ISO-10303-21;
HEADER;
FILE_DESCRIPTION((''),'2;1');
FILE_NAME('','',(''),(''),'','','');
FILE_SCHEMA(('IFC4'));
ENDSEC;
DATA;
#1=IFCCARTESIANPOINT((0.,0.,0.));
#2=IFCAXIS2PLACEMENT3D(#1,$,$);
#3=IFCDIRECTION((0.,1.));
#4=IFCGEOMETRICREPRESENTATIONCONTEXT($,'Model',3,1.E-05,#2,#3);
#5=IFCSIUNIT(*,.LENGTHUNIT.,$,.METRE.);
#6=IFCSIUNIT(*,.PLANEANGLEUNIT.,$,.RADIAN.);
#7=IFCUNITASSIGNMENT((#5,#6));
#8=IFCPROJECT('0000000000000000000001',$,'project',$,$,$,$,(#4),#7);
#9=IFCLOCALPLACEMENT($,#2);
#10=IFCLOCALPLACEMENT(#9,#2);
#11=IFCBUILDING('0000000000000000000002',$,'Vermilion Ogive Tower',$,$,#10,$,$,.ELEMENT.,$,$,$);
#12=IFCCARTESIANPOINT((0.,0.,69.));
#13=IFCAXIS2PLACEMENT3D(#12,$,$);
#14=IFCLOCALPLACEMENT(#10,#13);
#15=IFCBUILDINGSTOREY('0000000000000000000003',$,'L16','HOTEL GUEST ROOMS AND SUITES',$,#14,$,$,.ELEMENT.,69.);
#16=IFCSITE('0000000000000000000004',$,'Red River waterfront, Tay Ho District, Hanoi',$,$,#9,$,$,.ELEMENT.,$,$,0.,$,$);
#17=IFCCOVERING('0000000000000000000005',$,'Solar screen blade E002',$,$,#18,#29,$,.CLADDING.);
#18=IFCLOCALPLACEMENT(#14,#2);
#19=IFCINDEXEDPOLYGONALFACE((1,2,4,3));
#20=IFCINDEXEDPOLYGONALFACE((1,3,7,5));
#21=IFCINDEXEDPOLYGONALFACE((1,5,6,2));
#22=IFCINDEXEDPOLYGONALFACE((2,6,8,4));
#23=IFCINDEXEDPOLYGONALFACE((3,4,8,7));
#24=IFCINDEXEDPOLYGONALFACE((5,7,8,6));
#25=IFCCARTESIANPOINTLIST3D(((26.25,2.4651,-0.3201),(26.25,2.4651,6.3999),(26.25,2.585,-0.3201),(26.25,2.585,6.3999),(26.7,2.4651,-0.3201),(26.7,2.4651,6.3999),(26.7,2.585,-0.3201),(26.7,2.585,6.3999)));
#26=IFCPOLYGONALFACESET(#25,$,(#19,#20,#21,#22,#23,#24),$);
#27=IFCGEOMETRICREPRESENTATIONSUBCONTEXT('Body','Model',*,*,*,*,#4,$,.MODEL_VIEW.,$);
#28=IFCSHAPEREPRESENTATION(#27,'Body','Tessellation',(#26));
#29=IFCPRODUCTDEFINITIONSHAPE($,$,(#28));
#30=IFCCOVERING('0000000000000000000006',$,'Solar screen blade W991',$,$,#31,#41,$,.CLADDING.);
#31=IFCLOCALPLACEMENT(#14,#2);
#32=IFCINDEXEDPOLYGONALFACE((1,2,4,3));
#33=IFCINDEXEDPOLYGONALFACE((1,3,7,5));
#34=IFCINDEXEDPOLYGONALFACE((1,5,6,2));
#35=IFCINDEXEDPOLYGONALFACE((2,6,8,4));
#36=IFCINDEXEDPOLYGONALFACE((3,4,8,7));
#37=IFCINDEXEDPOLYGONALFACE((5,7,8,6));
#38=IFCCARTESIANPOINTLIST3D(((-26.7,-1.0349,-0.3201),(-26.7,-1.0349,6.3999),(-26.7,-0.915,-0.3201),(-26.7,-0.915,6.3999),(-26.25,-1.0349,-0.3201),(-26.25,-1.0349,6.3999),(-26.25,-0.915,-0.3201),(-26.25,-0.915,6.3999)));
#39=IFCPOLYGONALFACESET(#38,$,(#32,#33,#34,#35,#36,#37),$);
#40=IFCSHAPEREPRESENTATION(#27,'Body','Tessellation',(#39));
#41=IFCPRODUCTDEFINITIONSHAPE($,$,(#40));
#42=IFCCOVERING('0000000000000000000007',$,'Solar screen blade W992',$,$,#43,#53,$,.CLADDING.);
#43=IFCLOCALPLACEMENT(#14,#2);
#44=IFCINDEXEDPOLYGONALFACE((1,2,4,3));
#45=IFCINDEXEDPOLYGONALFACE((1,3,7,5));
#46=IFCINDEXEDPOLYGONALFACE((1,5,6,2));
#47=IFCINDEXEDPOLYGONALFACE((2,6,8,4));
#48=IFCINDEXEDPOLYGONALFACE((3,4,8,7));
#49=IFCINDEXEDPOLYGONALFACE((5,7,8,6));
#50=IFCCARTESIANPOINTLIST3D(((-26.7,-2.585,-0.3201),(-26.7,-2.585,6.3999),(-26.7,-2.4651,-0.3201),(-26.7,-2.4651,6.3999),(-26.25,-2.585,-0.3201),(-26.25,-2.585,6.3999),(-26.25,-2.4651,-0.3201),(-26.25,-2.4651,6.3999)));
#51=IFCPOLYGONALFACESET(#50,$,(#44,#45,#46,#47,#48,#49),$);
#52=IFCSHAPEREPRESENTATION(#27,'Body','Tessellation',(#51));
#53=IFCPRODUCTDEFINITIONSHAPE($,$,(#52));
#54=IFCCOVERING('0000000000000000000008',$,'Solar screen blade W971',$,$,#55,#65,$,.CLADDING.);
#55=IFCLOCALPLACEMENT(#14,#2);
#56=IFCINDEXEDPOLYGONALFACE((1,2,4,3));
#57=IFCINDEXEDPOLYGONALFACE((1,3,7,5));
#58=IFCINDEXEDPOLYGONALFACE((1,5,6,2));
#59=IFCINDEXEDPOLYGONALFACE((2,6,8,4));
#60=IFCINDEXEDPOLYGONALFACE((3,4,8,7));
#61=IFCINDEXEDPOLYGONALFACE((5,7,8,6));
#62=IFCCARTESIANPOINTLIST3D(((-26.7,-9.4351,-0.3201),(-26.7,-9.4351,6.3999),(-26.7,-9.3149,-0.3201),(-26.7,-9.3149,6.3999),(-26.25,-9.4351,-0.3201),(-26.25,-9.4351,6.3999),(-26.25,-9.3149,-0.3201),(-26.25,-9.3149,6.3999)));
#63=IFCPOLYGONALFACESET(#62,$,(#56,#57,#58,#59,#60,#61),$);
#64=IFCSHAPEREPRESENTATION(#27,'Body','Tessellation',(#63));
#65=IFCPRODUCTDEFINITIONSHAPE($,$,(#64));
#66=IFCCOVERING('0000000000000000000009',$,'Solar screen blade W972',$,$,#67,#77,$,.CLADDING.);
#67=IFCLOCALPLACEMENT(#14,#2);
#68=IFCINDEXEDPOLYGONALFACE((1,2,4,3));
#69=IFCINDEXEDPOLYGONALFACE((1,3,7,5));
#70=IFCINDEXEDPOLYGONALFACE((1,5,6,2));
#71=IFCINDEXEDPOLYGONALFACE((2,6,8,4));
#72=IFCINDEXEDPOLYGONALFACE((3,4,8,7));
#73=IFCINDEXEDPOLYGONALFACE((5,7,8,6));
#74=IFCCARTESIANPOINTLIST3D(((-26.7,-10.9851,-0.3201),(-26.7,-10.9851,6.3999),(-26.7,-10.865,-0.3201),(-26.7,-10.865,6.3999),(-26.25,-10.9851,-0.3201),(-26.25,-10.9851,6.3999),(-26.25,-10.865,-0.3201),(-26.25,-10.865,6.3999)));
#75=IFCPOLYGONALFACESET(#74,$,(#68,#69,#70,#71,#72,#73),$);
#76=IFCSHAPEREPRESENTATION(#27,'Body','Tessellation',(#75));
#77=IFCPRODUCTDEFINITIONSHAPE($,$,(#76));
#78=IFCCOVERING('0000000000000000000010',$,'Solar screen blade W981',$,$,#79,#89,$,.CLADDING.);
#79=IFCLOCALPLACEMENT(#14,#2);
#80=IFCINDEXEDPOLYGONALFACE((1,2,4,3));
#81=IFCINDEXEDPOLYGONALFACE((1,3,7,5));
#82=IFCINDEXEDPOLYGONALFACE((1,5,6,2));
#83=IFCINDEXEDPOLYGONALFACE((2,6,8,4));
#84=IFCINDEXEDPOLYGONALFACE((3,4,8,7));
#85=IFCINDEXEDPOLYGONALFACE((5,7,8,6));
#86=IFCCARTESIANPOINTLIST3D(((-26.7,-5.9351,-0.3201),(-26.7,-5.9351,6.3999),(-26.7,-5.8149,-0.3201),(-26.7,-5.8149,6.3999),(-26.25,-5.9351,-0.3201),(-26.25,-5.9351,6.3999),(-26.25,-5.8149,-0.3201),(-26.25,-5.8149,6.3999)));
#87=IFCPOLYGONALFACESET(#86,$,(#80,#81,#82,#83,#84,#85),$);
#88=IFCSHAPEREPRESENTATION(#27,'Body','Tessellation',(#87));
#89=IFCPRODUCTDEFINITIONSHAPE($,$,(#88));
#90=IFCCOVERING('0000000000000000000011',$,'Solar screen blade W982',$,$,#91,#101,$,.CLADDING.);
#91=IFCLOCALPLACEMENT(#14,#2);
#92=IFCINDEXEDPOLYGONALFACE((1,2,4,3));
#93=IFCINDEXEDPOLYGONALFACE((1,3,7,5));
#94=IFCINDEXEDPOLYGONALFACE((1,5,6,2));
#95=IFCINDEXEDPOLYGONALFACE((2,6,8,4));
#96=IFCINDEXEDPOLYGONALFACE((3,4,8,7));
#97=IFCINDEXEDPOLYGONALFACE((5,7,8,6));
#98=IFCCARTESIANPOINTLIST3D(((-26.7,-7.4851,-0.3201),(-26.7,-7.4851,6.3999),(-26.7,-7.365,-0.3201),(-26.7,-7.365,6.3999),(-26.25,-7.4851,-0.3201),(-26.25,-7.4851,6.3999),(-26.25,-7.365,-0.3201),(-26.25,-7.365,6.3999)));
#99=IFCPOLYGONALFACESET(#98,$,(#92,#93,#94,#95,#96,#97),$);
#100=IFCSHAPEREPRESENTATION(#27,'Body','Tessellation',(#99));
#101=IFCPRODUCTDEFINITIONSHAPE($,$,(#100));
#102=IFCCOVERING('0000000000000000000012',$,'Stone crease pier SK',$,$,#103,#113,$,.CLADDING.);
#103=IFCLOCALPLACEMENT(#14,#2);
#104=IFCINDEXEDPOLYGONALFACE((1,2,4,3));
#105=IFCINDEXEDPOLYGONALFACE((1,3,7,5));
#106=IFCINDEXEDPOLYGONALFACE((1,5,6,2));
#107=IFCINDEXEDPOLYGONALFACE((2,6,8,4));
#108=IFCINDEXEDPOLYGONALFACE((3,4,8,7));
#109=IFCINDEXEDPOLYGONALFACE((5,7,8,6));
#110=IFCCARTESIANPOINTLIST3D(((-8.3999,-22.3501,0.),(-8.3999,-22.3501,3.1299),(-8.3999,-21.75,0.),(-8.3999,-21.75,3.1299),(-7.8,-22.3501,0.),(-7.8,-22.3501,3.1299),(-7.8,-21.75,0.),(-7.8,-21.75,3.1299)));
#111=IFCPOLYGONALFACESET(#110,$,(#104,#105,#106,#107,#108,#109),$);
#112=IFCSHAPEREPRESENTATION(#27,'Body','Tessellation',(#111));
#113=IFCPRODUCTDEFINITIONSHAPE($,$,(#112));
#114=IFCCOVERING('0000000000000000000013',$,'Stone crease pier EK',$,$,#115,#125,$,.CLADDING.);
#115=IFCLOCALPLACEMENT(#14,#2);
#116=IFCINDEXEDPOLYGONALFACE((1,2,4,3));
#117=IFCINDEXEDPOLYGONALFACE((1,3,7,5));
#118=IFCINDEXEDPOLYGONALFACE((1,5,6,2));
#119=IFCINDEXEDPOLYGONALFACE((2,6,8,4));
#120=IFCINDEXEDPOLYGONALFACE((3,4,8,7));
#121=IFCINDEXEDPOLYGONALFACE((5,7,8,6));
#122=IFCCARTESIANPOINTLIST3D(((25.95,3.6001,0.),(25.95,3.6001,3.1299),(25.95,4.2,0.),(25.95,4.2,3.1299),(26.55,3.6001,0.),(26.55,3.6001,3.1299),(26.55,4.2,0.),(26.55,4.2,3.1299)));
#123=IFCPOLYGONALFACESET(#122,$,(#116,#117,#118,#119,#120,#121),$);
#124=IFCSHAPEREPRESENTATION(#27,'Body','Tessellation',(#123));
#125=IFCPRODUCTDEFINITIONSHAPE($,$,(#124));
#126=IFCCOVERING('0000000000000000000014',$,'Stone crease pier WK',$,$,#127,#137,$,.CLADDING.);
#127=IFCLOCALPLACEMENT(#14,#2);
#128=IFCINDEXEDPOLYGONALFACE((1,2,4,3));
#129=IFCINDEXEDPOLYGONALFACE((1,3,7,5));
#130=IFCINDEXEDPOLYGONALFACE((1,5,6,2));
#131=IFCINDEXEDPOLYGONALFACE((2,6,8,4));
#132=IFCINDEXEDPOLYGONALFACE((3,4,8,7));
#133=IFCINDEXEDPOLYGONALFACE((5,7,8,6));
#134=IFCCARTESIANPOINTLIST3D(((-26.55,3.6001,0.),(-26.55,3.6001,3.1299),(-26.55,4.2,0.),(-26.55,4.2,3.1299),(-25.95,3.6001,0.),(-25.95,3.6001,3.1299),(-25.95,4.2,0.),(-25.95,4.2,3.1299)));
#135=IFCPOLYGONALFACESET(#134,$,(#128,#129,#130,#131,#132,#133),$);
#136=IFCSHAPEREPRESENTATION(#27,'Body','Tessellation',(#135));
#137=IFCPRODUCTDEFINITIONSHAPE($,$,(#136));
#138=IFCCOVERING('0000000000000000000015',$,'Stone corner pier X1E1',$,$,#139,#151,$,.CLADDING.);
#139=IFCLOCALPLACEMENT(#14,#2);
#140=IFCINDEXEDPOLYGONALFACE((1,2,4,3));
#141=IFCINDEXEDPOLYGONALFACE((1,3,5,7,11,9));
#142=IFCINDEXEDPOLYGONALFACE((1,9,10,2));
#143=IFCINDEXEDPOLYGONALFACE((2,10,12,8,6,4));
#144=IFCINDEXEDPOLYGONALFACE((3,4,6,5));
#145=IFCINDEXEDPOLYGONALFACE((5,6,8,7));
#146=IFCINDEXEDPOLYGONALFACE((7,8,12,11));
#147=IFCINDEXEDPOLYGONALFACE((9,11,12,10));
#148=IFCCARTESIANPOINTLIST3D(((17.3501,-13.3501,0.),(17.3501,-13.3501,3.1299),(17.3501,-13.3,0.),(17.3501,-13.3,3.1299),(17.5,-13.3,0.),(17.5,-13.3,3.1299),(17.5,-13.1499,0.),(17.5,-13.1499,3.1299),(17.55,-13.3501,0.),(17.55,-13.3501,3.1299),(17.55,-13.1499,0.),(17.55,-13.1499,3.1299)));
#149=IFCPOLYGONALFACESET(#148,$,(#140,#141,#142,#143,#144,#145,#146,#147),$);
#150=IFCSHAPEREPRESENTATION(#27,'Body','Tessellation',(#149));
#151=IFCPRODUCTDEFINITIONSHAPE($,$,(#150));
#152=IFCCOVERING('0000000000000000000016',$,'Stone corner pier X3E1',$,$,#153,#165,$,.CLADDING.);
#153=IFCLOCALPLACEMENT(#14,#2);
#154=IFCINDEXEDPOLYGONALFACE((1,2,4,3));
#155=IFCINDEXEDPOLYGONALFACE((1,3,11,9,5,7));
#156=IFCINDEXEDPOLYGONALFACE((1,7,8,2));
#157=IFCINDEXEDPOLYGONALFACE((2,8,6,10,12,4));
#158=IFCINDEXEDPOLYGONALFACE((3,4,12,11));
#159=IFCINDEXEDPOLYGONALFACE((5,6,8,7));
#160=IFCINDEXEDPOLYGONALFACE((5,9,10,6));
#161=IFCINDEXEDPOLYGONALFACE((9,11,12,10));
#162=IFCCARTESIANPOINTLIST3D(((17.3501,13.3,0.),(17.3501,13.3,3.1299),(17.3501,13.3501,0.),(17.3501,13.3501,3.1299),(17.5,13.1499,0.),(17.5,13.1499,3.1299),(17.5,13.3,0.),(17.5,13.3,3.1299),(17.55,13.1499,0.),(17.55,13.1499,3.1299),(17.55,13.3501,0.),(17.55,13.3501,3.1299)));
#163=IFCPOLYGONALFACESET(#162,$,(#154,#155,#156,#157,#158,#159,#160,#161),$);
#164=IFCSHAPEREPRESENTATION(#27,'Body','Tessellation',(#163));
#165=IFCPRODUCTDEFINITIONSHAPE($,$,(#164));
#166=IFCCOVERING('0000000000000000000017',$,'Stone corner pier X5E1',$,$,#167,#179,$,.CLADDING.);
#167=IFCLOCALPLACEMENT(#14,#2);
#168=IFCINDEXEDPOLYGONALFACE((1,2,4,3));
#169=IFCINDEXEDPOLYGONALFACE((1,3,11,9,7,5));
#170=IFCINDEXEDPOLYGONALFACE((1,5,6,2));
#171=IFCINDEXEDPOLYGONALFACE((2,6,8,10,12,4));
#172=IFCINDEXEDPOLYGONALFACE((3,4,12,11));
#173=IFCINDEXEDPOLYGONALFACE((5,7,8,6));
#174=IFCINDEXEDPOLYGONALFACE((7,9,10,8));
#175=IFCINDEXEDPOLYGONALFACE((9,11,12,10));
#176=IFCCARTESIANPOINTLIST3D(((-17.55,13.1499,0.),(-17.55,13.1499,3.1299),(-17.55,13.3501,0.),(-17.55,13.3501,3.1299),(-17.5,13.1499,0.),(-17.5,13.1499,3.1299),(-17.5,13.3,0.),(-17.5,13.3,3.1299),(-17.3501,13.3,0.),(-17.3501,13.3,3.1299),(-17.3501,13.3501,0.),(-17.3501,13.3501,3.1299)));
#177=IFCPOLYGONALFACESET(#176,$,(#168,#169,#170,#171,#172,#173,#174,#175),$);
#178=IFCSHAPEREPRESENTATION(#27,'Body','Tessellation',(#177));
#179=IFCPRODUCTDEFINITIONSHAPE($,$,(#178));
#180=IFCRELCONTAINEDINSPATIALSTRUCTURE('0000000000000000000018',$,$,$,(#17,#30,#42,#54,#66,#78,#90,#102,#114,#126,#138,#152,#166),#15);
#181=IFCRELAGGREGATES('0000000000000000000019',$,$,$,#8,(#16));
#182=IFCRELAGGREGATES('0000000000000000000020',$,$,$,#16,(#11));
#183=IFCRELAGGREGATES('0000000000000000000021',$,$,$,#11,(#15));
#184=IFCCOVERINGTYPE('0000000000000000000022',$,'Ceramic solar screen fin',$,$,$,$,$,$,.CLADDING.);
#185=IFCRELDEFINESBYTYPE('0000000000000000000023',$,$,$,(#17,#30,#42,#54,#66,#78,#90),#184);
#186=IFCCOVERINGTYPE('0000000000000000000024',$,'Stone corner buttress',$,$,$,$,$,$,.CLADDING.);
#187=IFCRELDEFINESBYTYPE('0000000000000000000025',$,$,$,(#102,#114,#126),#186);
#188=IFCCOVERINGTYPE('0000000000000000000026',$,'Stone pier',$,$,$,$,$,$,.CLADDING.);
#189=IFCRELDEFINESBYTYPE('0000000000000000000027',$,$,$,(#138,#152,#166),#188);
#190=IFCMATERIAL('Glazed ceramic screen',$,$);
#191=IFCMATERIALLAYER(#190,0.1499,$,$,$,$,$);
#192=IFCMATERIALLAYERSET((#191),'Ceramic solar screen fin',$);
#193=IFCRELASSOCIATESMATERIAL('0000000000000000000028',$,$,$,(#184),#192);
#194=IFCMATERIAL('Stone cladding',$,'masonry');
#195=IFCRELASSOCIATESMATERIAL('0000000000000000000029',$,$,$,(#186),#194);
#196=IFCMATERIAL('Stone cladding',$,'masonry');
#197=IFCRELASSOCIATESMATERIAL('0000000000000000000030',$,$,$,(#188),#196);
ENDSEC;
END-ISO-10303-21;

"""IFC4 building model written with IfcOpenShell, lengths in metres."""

from ifc_helpers import new_model, si_unit, direction, frame, origin, place, context, subcontext, project, spatial, polyline, outline, extrude, material, layer, layer_set, type_object, element, save


model = new_model("IFC4")

# Units and contexts
model_context = context("Model", 3, precision=1e-05, world=origin(), true_north=direction((0.0, 1.0)))
body_context = subcontext(model_context, "Body", "Model", "MODEL_VIEW")
ifc_project = project(units=[si_unit("LENGTHUNIT", "METRE"), si_unit("PLANEANGLEUNIT", "RADIAN")], contexts=[model_context])

# Site, building, storey
site_placement = place(None, origin())
site = spatial("IfcSite", under=ifc_project, at=site_placement, Name="Red River waterfront, Tay Ho District, Hanoi", CompositionType="ELEMENT", RefElevation=0.0)
building_placement = place(site_placement, origin())
building = spatial("IfcBuilding", under=site, at=building_placement, Name="Vermilion Ogive Tower", CompositionType="ELEMENT")
storey_placement = place(building_placement, frame((0.0, 0.0, 69.0)))
storey = spatial("IfcBuildingStorey", under=building, at=storey_placement, Name="L16", Description="HOTEL GUEST ROOMS AND SUITES", CompositionType="ELEMENT", Elevation=69.0)

# Coverings
ifc_material_1 = material(Name="Glazed ceramic screen")
ifc_layer_1 = layer(ifc_material_1, 0.1499)
ifc_layer_set_1 = layer_set([ifc_layer_1], Name="Ceramic solar screen fin")
covering_type_1 = type_object("IfcCoveringType", Name="Ceramic solar screen fin", PredefinedType="CLADDING", material=ifc_layer_set_1)
covering_1_placement = place(storey_placement, frame((0.0, 0.0, -0.3201)))
element("IfcCovering", 1, at=covering_1_placement, inside=storey, type_object=covering_type_1, Name="Solar screen blade E002", PredefinedType="CLADDING", context=body_context, shape_type="SweptSolid", body=[
    extrude(outline(polyline([(26.7, 2.4651), (26.7, 2.585), (26.25, 2.585), (26.25, 2.4651), (26.7, 2.4651)])), origin(), (0.0, 0.0, 1.0), 6.72),
])
covering_2_placement = place(storey_placement, frame((0.0, 0.0, -0.3201)))
element("IfcCovering", 2, at=covering_2_placement, inside=storey, type_object=covering_type_1, Name="Solar screen blade W991", PredefinedType="CLADDING", context=body_context, shape_type="SweptSolid", body=[
    extrude(outline(polyline([(-26.7, -0.915), (-26.7, -1.0349), (-26.25, -1.0349), (-26.25, -0.915), (-26.7, -0.915)])), origin(), (0.0, 0.0, 1.0), 6.72),
])
covering_3_placement = place(storey_placement, frame((0.0, 0.0, -0.3201)))
element("IfcCovering", 3, at=covering_3_placement, inside=storey, type_object=covering_type_1, Name="Solar screen blade W992", PredefinedType="CLADDING", context=body_context, shape_type="SweptSolid", body=[
    extrude(outline(polyline([(-26.7, -2.4651), (-26.7, -2.585), (-26.25, -2.585), (-26.25, -2.4651), (-26.7, -2.4651)])), origin(), (0.0, 0.0, 1.0), 6.72),
])
covering_4_placement = place(storey_placement, frame((0.0, 0.0, -0.3201)))
element("IfcCovering", 4, at=covering_4_placement, inside=storey, type_object=covering_type_1, Name="Solar screen blade W971", PredefinedType="CLADDING", context=body_context, shape_type="SweptSolid", body=[
    extrude(outline(polyline([(-26.7, -9.3149), (-26.7, -9.4351), (-26.25, -9.4351), (-26.25, -9.3149), (-26.7, -9.3149)])), origin(), (0.0, 0.0, 1.0), 6.72),
])
covering_5_placement = place(storey_placement, frame((0.0, 0.0, -0.3201)))
element("IfcCovering", 5, at=covering_5_placement, inside=storey, type_object=covering_type_1, Name="Solar screen blade W972", PredefinedType="CLADDING", context=body_context, shape_type="SweptSolid", body=[
    extrude(outline(polyline([(-26.7, -10.865), (-26.7, -10.9851), (-26.25, -10.9851), (-26.25, -10.865), (-26.7, -10.865)])), origin(), (0.0, 0.0, 1.0), 6.72),
])
covering_6_placement = place(storey_placement, frame((0.0, 0.0, -0.3201)))
element("IfcCovering", 6, at=covering_6_placement, inside=storey, type_object=covering_type_1, Name="Solar screen blade W981", PredefinedType="CLADDING", context=body_context, shape_type="SweptSolid", body=[
    extrude(outline(polyline([(-26.7, -5.8149), (-26.7, -5.9351), (-26.25, -5.9351), (-26.25, -5.8149), (-26.7, -5.8149)])), origin(), (0.0, 0.0, 1.0), 6.72),
])
covering_7_placement = place(storey_placement, frame((0.0, 0.0, -0.3201)))
element("IfcCovering", 7, at=covering_7_placement, inside=storey, type_object=covering_type_1, Name="Solar screen blade W982", PredefinedType="CLADDING", context=body_context, shape_type="SweptSolid", body=[
    extrude(outline(polyline([(-26.7, -7.365), (-26.7, -7.4851), (-26.25, -7.4851), (-26.25, -7.365), (-26.7, -7.365)])), origin(), (0.0, 0.0, 1.0), 6.72),
])
ifc_material_2 = material(Name="Stone cladding", Category="masonry")
covering_type_2 = type_object("IfcCoveringType", Name="Stone corner buttress", PredefinedType="CLADDING", material=ifc_material_2)
covering_8_placement = place(storey_placement, origin())
element("IfcCovering", 8, at=covering_8_placement, inside=storey, type_object=covering_type_2, Name="Stone crease pier SK", PredefinedType="CLADDING", context=body_context, shape_type="SweptSolid", body=[
    extrude(outline(polyline([(-8.3999, -22.3501), (-7.8, -22.3501), (-7.8, -21.75), (-8.3999, -21.75), (-8.3999, -22.3501)])), origin(), (0.0, 0.0, 1.0), 3.1299),
])
covering_9_placement = place(storey_placement, origin())
element("IfcCovering", 9, at=covering_9_placement, inside=storey, type_object=covering_type_2, Name="Stone crease pier EK", PredefinedType="CLADDING", context=body_context, shape_type="SweptSolid", body=[
    extrude(outline(polyline([(26.55, 3.6001), (26.55, 4.2), (25.95, 4.2), (25.95, 3.6001), (26.55, 3.6001)])), origin(), (0.0, 0.0, 1.0), 3.1299),
])
covering_10_placement = place(storey_placement, origin())
element("IfcCovering", 10, at=covering_10_placement, inside=storey, type_object=covering_type_2, Name="Stone crease pier WK", PredefinedType="CLADDING", context=body_context, shape_type="SweptSolid", body=[
    extrude(outline(polyline([(-26.55, 4.2), (-26.55, 3.6001), (-25.95, 3.6001), (-25.95, 4.2), (-26.55, 4.2)])), origin(), (0.0, 0.0, 1.0), 3.1299),
])
ifc_material_3 = material(Name="Stone cladding", Category="masonry")
covering_type_3 = type_object("IfcCoveringType", Name="Stone pier", PredefinedType="CLADDING", material=ifc_material_3)
covering_11_placement = place(storey_placement, origin())
element("IfcCovering", 11, at=covering_11_placement, inside=storey, type_object=covering_type_3, Name="Stone corner pier X1E1", PredefinedType="CLADDING", context=body_context, shape_type="SweptSolid", body=[
    extrude(outline(polyline([(17.3501, -13.3), (17.5, -13.3), (17.5, -13.1499), (17.55, -13.1499), (17.55, -13.3501), (17.3501, -13.3501), (17.3501, -13.3)])), origin(), (0.0, 0.0, 1.0), 3.1299),
])
covering_12_placement = place(storey_placement, origin())
element("IfcCovering", 12, at=covering_12_placement, inside=storey, type_object=covering_type_3, Name="Stone corner pier X3E1", PredefinedType="CLADDING", context=body_context, shape_type="SweptSolid", body=[
    extrude(outline(polyline([(17.5, 13.1499), (17.5, 13.3), (17.3501, 13.3), (17.3501, 13.3501), (17.55, 13.3501), (17.55, 13.1499), (17.5, 13.1499)])), origin(), (0.0, 0.0, 1.0), 3.1299),
])
covering_13_placement = place(storey_placement, origin())
element("IfcCovering", 13, at=covering_13_placement, inside=storey, type_object=covering_type_3, Name="Stone corner pier X5E1", PredefinedType="CLADDING", context=body_context, shape_type="SweptSolid", body=[
    extrude(outline(polyline([(-17.3501, 13.3), (-17.5, 13.3), (-17.5, 13.1499), (-17.55, 13.1499), (-17.55, 13.3501), (-17.3501, 13.3501), (-17.3501, 13.3)])), origin(), (0.0, 0.0, 1.0), 3.1299),
])

save(model, "model.ifc")
